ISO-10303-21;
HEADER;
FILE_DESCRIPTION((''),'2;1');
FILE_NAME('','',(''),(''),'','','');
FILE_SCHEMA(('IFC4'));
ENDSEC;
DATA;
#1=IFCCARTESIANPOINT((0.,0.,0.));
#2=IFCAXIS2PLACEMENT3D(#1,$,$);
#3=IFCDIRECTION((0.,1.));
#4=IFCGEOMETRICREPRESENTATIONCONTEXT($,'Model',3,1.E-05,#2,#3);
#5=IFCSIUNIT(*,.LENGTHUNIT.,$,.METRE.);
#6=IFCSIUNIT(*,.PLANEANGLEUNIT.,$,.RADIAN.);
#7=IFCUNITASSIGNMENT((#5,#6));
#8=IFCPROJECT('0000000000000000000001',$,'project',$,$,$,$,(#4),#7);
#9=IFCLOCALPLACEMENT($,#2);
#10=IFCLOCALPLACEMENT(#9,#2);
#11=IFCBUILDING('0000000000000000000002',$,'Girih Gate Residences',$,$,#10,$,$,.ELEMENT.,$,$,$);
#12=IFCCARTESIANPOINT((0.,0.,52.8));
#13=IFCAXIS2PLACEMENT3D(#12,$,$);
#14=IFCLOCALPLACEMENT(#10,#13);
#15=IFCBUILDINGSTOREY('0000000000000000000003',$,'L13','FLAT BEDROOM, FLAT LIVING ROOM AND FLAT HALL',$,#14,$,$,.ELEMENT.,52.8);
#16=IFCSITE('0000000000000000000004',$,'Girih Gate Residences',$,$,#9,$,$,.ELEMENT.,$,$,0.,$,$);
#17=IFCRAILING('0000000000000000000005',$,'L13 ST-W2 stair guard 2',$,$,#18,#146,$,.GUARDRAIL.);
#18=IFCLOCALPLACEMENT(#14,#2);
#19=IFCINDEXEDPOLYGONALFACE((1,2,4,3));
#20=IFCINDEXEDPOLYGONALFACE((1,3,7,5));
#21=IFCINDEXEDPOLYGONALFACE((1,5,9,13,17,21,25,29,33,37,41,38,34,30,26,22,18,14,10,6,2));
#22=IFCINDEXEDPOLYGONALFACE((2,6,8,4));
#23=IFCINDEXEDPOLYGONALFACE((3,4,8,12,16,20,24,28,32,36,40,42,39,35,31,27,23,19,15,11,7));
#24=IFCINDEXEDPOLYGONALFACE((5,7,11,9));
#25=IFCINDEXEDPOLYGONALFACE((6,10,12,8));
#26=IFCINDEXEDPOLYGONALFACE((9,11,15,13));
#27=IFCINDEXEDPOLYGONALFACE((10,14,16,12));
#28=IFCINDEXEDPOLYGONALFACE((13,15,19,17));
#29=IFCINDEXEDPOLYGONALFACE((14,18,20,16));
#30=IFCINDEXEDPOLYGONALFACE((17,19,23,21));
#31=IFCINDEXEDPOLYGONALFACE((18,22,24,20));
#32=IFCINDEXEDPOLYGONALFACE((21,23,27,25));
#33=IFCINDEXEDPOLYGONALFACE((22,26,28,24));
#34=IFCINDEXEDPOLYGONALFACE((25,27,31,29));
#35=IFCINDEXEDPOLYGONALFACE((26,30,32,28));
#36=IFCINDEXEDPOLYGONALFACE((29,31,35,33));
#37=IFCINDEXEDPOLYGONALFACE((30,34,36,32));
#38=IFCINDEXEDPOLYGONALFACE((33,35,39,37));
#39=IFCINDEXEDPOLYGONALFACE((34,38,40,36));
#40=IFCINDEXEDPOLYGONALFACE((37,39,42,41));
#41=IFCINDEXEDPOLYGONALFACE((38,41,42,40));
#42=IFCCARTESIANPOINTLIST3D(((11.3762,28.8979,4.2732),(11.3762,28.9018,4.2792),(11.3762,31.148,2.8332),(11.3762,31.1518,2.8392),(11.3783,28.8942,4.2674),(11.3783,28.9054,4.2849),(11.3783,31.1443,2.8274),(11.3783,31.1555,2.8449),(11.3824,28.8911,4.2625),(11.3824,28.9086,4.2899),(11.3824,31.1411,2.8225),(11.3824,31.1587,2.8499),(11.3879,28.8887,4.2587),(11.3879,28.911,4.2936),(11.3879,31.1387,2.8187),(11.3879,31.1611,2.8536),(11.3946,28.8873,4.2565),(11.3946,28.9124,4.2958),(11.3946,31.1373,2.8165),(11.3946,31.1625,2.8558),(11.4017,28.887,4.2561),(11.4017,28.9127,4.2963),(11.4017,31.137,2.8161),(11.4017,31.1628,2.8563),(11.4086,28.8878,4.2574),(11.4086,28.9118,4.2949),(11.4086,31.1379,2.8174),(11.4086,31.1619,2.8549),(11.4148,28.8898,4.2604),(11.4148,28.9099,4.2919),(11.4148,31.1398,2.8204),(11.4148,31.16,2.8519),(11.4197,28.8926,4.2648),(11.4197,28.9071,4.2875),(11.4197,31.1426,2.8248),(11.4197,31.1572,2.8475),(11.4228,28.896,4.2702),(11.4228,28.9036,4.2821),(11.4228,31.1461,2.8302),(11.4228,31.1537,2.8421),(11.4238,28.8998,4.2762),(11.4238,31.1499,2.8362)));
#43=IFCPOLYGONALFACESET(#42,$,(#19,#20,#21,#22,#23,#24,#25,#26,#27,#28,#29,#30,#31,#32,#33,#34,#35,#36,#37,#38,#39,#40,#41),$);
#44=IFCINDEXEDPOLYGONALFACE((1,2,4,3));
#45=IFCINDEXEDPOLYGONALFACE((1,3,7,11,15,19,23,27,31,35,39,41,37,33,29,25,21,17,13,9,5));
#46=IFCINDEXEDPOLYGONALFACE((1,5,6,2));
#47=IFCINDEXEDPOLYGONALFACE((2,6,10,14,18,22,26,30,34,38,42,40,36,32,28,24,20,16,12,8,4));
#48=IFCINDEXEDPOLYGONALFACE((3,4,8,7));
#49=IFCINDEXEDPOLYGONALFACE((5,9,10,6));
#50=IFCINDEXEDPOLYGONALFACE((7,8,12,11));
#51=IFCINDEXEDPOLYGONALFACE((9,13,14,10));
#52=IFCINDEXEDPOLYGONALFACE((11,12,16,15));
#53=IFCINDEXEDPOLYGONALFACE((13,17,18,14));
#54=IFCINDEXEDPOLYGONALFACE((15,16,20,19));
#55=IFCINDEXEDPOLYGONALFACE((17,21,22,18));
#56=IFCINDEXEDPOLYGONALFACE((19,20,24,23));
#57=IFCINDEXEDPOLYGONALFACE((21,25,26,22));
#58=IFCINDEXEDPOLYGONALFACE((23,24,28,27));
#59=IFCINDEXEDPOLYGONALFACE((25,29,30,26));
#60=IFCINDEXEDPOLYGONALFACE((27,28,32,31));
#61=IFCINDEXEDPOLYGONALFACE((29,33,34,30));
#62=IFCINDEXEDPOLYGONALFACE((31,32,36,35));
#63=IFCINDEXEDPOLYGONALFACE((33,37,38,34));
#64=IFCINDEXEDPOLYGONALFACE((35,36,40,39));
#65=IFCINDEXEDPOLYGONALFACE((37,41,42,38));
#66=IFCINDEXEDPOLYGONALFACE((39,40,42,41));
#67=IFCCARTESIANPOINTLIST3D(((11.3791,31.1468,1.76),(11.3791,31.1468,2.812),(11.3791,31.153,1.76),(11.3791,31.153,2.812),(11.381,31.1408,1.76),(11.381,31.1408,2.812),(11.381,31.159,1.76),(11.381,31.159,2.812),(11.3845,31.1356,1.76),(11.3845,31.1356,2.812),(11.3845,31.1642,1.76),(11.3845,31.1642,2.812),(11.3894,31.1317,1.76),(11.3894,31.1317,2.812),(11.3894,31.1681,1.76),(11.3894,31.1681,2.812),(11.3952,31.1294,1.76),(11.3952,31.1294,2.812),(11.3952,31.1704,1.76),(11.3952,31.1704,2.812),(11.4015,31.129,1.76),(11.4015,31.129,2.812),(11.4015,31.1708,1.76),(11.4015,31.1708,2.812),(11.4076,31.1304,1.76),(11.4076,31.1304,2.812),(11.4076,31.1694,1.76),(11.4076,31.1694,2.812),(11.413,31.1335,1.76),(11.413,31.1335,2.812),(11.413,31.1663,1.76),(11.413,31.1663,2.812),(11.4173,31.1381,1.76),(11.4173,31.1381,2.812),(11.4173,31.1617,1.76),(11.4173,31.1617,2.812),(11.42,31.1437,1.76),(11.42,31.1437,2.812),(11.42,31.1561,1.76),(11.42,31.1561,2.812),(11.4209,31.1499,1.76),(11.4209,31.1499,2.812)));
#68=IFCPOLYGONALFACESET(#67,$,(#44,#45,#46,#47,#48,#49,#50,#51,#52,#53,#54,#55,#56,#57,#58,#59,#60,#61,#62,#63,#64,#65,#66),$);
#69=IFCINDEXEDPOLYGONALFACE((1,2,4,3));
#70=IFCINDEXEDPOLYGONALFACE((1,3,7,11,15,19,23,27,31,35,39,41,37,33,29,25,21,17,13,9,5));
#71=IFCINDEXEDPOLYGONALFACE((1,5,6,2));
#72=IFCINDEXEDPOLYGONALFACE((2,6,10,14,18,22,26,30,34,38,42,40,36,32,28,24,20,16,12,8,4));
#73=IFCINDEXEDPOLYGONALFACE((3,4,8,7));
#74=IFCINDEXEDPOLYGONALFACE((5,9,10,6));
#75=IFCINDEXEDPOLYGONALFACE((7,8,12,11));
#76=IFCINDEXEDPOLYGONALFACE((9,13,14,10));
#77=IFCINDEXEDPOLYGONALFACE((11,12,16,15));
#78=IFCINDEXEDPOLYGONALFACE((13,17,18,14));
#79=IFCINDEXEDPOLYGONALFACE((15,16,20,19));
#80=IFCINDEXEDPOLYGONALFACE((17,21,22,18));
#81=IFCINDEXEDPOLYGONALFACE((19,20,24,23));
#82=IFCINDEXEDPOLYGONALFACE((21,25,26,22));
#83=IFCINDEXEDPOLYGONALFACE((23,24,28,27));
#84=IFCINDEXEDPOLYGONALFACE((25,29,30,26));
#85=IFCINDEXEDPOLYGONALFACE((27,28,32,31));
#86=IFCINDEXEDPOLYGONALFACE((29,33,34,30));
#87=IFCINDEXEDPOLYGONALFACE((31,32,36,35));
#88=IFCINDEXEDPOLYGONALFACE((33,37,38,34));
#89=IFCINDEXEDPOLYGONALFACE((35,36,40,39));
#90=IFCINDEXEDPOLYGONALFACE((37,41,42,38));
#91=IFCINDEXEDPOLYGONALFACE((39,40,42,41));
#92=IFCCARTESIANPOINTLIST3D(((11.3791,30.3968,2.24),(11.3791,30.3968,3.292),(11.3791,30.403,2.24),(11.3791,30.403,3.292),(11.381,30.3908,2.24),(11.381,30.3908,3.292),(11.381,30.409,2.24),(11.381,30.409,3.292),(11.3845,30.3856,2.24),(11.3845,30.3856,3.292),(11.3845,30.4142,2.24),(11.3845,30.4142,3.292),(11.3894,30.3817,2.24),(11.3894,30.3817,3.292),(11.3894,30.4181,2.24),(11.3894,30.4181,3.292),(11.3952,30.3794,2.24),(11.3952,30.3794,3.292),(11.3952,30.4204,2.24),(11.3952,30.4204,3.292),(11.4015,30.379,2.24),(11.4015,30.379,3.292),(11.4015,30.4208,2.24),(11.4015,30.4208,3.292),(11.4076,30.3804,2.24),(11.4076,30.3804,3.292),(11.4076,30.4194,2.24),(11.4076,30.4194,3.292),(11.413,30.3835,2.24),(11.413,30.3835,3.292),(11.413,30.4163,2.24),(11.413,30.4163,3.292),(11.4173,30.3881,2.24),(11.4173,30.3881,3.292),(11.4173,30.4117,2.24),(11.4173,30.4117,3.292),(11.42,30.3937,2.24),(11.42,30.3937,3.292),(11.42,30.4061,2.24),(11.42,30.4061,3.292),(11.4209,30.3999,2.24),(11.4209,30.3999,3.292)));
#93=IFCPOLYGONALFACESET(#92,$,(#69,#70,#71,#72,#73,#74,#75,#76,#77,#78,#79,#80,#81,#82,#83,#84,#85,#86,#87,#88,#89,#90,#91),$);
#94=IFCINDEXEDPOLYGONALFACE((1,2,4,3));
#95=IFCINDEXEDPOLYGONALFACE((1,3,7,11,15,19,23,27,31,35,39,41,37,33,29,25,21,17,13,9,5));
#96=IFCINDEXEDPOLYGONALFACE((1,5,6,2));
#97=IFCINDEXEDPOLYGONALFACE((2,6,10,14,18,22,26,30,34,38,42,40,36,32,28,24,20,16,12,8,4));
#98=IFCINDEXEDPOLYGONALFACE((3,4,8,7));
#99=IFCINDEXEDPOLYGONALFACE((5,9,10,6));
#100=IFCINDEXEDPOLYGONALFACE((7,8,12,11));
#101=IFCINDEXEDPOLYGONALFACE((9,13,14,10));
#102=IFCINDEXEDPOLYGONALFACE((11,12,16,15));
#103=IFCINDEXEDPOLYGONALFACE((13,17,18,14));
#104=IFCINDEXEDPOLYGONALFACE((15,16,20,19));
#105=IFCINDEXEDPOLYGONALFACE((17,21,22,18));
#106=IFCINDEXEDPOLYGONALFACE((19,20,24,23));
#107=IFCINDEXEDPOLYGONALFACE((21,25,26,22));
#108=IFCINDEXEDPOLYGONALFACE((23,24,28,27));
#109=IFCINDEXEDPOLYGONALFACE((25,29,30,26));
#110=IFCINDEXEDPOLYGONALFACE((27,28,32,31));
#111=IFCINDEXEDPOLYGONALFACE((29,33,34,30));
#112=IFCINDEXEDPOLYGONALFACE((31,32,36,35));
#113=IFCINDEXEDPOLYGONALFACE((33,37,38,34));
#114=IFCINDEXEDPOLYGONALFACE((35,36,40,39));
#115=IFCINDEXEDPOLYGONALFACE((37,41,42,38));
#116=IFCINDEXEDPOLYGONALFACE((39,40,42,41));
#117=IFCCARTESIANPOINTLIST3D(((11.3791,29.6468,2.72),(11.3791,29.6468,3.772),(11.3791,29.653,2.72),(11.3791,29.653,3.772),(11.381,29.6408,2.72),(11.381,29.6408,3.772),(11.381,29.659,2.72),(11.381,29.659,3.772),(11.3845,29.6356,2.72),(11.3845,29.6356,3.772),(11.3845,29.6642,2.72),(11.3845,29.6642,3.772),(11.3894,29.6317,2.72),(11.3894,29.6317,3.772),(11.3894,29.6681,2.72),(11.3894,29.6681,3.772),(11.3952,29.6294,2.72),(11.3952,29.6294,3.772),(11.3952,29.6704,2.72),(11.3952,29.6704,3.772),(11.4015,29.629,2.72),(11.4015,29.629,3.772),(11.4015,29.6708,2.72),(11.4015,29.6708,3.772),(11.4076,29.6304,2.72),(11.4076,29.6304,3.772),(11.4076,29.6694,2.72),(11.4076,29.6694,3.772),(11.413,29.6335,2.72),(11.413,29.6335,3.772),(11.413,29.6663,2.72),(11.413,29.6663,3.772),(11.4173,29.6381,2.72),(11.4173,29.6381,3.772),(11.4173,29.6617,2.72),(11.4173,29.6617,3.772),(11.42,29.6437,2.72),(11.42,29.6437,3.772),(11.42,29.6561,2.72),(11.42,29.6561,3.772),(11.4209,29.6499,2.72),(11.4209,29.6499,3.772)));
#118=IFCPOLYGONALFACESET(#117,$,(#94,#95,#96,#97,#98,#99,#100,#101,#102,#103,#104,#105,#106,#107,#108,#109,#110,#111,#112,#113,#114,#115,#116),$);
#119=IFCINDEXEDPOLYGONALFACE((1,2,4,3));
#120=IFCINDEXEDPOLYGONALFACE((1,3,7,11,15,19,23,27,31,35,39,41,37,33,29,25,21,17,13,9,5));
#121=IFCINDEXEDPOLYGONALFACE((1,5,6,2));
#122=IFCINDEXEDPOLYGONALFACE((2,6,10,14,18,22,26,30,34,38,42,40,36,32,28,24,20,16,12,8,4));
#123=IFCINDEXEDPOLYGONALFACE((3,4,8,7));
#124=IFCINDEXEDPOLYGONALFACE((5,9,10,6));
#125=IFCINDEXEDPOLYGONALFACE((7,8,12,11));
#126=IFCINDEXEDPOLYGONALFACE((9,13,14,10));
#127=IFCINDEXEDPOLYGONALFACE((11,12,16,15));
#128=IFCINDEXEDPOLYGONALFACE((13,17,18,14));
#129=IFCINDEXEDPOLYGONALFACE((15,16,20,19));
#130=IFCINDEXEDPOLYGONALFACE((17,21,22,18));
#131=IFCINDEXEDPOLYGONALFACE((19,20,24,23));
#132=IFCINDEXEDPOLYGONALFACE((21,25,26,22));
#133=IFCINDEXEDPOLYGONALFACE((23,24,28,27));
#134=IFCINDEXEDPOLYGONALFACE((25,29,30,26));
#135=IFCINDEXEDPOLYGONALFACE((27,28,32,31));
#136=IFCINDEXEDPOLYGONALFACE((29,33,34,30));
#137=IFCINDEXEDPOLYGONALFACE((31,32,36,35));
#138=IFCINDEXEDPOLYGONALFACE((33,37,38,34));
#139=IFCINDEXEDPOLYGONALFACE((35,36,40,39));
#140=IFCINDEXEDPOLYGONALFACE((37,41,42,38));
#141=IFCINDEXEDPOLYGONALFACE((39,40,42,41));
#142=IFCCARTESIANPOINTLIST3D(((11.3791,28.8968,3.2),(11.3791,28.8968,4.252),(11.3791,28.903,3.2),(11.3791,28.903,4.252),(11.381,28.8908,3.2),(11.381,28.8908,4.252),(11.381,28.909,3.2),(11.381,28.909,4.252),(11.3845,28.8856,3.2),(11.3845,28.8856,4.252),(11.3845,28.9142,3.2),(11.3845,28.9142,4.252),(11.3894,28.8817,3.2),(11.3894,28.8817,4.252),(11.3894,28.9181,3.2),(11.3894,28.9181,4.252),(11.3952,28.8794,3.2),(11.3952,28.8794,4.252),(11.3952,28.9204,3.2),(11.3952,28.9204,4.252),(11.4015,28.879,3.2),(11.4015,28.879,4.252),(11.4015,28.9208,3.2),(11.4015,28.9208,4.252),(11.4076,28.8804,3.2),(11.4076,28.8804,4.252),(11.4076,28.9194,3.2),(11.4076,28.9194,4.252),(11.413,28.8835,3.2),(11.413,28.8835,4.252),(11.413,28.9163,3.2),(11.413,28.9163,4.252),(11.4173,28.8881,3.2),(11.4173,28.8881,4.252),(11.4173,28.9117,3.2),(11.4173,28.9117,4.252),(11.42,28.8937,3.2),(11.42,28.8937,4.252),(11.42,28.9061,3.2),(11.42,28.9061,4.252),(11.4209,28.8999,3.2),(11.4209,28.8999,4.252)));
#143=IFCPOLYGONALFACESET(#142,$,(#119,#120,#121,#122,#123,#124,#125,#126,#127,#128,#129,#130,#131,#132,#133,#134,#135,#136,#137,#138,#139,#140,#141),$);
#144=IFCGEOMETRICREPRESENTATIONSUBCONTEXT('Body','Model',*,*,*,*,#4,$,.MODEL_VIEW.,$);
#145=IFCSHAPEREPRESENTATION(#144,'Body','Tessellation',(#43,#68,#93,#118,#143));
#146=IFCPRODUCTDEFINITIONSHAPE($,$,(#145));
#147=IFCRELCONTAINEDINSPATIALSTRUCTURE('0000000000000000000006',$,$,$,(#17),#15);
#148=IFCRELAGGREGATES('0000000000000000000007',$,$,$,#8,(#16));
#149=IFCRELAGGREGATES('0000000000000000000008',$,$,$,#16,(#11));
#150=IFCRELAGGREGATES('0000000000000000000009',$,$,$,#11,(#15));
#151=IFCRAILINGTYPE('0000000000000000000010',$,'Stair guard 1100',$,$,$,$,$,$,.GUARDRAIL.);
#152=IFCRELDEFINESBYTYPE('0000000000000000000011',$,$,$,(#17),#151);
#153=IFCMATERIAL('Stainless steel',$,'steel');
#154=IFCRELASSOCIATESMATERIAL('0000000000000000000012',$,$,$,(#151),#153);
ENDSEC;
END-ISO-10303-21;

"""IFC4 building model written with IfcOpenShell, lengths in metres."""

from ifc_helpers import new_model, si_unit, direction, frame, origin, origin_2d, place, context, subcontext, project, spatial, circle, extrude, material, type_object, element, save


model = new_model("IFC4")

# Units and contexts
model_context = context("Model", 3, precision=1e-05, world=origin(), true_north=direction((0.0, 1.0)))
body_context = subcontext(model_context, "Body", "Model", "MODEL_VIEW")
ifc_project = project(units=[si_unit("LENGTHUNIT", "METRE"), si_unit("PLANEANGLEUNIT", "RADIAN")], contexts=[model_context])

# Site, building, storey
site_placement = place(None, origin())
site = spatial("IfcSite", under=ifc_project, at=site_placement, Name="Girih Gate Residences", CompositionType="ELEMENT", RefElevation=0.0)
building_placement = place(site_placement, origin())
building = spatial("IfcBuilding", under=site, at=building_placement, Name="Girih Gate Residences", CompositionType="ELEMENT")
storey_placement = place(building_placement, frame((0.0, 0.0, 52.8)))
storey = spatial("IfcBuildingStorey", under=building, at=storey_placement, Name="L13", Description="FLAT BEDROOM, FLAT LIVING ROOM AND FLAT HALL", CompositionType="ELEMENT", Elevation=52.8)

# Railing
ifc_material_1 = material(Name="Stainless steel", Category="steel")
railing_type_1 = type_object("IfcRailingType", Name="Stair guard 1100", PredefinedType="GUARDRAIL", material=ifc_material_1)
railing_1_placement = place(storey_placement, frame((11.3999, 31.1499, 1.76)))
element("IfcRailing", 1, at=railing_1_placement, inside=storey, type_object=railing_type_1, Name="L13 ST-W2 stair guard 2", PredefinedType="GUARDRAIL", context=body_context, shape_type="SweptSolid", body=[
    extrude(circle(Radius=0.0239, at=origin_2d()), frame((0.0, 0.0, 1.0762), z_axis=(0.0, -0.842281, 0.539038), x_axis=(1.0, 0.0, 0.0)), (0.0, 0.0, 1.0), 2.6714),
    extrude(circle(Radius=0.021, at=origin_2d()), origin(), (0.0, 0.0, 1.0), 1.052),
    extrude(circle(Radius=0.021, at=origin_2d()), frame((0.0, -0.75, 0.48)), (0.0, 0.0, 1.0), 1.052),
    extrude(circle(Radius=0.021, at=origin_2d()), frame((0.0, -1.5, 0.96)), (0.0, 0.0, 1.0), 1.052),
    extrude(circle(Radius=0.021, at=origin_2d()), frame((0.0, -2.25, 1.4399)), (0.0, 0.0, 1.0), 1.052),
])

save(model, "model.ifc")
